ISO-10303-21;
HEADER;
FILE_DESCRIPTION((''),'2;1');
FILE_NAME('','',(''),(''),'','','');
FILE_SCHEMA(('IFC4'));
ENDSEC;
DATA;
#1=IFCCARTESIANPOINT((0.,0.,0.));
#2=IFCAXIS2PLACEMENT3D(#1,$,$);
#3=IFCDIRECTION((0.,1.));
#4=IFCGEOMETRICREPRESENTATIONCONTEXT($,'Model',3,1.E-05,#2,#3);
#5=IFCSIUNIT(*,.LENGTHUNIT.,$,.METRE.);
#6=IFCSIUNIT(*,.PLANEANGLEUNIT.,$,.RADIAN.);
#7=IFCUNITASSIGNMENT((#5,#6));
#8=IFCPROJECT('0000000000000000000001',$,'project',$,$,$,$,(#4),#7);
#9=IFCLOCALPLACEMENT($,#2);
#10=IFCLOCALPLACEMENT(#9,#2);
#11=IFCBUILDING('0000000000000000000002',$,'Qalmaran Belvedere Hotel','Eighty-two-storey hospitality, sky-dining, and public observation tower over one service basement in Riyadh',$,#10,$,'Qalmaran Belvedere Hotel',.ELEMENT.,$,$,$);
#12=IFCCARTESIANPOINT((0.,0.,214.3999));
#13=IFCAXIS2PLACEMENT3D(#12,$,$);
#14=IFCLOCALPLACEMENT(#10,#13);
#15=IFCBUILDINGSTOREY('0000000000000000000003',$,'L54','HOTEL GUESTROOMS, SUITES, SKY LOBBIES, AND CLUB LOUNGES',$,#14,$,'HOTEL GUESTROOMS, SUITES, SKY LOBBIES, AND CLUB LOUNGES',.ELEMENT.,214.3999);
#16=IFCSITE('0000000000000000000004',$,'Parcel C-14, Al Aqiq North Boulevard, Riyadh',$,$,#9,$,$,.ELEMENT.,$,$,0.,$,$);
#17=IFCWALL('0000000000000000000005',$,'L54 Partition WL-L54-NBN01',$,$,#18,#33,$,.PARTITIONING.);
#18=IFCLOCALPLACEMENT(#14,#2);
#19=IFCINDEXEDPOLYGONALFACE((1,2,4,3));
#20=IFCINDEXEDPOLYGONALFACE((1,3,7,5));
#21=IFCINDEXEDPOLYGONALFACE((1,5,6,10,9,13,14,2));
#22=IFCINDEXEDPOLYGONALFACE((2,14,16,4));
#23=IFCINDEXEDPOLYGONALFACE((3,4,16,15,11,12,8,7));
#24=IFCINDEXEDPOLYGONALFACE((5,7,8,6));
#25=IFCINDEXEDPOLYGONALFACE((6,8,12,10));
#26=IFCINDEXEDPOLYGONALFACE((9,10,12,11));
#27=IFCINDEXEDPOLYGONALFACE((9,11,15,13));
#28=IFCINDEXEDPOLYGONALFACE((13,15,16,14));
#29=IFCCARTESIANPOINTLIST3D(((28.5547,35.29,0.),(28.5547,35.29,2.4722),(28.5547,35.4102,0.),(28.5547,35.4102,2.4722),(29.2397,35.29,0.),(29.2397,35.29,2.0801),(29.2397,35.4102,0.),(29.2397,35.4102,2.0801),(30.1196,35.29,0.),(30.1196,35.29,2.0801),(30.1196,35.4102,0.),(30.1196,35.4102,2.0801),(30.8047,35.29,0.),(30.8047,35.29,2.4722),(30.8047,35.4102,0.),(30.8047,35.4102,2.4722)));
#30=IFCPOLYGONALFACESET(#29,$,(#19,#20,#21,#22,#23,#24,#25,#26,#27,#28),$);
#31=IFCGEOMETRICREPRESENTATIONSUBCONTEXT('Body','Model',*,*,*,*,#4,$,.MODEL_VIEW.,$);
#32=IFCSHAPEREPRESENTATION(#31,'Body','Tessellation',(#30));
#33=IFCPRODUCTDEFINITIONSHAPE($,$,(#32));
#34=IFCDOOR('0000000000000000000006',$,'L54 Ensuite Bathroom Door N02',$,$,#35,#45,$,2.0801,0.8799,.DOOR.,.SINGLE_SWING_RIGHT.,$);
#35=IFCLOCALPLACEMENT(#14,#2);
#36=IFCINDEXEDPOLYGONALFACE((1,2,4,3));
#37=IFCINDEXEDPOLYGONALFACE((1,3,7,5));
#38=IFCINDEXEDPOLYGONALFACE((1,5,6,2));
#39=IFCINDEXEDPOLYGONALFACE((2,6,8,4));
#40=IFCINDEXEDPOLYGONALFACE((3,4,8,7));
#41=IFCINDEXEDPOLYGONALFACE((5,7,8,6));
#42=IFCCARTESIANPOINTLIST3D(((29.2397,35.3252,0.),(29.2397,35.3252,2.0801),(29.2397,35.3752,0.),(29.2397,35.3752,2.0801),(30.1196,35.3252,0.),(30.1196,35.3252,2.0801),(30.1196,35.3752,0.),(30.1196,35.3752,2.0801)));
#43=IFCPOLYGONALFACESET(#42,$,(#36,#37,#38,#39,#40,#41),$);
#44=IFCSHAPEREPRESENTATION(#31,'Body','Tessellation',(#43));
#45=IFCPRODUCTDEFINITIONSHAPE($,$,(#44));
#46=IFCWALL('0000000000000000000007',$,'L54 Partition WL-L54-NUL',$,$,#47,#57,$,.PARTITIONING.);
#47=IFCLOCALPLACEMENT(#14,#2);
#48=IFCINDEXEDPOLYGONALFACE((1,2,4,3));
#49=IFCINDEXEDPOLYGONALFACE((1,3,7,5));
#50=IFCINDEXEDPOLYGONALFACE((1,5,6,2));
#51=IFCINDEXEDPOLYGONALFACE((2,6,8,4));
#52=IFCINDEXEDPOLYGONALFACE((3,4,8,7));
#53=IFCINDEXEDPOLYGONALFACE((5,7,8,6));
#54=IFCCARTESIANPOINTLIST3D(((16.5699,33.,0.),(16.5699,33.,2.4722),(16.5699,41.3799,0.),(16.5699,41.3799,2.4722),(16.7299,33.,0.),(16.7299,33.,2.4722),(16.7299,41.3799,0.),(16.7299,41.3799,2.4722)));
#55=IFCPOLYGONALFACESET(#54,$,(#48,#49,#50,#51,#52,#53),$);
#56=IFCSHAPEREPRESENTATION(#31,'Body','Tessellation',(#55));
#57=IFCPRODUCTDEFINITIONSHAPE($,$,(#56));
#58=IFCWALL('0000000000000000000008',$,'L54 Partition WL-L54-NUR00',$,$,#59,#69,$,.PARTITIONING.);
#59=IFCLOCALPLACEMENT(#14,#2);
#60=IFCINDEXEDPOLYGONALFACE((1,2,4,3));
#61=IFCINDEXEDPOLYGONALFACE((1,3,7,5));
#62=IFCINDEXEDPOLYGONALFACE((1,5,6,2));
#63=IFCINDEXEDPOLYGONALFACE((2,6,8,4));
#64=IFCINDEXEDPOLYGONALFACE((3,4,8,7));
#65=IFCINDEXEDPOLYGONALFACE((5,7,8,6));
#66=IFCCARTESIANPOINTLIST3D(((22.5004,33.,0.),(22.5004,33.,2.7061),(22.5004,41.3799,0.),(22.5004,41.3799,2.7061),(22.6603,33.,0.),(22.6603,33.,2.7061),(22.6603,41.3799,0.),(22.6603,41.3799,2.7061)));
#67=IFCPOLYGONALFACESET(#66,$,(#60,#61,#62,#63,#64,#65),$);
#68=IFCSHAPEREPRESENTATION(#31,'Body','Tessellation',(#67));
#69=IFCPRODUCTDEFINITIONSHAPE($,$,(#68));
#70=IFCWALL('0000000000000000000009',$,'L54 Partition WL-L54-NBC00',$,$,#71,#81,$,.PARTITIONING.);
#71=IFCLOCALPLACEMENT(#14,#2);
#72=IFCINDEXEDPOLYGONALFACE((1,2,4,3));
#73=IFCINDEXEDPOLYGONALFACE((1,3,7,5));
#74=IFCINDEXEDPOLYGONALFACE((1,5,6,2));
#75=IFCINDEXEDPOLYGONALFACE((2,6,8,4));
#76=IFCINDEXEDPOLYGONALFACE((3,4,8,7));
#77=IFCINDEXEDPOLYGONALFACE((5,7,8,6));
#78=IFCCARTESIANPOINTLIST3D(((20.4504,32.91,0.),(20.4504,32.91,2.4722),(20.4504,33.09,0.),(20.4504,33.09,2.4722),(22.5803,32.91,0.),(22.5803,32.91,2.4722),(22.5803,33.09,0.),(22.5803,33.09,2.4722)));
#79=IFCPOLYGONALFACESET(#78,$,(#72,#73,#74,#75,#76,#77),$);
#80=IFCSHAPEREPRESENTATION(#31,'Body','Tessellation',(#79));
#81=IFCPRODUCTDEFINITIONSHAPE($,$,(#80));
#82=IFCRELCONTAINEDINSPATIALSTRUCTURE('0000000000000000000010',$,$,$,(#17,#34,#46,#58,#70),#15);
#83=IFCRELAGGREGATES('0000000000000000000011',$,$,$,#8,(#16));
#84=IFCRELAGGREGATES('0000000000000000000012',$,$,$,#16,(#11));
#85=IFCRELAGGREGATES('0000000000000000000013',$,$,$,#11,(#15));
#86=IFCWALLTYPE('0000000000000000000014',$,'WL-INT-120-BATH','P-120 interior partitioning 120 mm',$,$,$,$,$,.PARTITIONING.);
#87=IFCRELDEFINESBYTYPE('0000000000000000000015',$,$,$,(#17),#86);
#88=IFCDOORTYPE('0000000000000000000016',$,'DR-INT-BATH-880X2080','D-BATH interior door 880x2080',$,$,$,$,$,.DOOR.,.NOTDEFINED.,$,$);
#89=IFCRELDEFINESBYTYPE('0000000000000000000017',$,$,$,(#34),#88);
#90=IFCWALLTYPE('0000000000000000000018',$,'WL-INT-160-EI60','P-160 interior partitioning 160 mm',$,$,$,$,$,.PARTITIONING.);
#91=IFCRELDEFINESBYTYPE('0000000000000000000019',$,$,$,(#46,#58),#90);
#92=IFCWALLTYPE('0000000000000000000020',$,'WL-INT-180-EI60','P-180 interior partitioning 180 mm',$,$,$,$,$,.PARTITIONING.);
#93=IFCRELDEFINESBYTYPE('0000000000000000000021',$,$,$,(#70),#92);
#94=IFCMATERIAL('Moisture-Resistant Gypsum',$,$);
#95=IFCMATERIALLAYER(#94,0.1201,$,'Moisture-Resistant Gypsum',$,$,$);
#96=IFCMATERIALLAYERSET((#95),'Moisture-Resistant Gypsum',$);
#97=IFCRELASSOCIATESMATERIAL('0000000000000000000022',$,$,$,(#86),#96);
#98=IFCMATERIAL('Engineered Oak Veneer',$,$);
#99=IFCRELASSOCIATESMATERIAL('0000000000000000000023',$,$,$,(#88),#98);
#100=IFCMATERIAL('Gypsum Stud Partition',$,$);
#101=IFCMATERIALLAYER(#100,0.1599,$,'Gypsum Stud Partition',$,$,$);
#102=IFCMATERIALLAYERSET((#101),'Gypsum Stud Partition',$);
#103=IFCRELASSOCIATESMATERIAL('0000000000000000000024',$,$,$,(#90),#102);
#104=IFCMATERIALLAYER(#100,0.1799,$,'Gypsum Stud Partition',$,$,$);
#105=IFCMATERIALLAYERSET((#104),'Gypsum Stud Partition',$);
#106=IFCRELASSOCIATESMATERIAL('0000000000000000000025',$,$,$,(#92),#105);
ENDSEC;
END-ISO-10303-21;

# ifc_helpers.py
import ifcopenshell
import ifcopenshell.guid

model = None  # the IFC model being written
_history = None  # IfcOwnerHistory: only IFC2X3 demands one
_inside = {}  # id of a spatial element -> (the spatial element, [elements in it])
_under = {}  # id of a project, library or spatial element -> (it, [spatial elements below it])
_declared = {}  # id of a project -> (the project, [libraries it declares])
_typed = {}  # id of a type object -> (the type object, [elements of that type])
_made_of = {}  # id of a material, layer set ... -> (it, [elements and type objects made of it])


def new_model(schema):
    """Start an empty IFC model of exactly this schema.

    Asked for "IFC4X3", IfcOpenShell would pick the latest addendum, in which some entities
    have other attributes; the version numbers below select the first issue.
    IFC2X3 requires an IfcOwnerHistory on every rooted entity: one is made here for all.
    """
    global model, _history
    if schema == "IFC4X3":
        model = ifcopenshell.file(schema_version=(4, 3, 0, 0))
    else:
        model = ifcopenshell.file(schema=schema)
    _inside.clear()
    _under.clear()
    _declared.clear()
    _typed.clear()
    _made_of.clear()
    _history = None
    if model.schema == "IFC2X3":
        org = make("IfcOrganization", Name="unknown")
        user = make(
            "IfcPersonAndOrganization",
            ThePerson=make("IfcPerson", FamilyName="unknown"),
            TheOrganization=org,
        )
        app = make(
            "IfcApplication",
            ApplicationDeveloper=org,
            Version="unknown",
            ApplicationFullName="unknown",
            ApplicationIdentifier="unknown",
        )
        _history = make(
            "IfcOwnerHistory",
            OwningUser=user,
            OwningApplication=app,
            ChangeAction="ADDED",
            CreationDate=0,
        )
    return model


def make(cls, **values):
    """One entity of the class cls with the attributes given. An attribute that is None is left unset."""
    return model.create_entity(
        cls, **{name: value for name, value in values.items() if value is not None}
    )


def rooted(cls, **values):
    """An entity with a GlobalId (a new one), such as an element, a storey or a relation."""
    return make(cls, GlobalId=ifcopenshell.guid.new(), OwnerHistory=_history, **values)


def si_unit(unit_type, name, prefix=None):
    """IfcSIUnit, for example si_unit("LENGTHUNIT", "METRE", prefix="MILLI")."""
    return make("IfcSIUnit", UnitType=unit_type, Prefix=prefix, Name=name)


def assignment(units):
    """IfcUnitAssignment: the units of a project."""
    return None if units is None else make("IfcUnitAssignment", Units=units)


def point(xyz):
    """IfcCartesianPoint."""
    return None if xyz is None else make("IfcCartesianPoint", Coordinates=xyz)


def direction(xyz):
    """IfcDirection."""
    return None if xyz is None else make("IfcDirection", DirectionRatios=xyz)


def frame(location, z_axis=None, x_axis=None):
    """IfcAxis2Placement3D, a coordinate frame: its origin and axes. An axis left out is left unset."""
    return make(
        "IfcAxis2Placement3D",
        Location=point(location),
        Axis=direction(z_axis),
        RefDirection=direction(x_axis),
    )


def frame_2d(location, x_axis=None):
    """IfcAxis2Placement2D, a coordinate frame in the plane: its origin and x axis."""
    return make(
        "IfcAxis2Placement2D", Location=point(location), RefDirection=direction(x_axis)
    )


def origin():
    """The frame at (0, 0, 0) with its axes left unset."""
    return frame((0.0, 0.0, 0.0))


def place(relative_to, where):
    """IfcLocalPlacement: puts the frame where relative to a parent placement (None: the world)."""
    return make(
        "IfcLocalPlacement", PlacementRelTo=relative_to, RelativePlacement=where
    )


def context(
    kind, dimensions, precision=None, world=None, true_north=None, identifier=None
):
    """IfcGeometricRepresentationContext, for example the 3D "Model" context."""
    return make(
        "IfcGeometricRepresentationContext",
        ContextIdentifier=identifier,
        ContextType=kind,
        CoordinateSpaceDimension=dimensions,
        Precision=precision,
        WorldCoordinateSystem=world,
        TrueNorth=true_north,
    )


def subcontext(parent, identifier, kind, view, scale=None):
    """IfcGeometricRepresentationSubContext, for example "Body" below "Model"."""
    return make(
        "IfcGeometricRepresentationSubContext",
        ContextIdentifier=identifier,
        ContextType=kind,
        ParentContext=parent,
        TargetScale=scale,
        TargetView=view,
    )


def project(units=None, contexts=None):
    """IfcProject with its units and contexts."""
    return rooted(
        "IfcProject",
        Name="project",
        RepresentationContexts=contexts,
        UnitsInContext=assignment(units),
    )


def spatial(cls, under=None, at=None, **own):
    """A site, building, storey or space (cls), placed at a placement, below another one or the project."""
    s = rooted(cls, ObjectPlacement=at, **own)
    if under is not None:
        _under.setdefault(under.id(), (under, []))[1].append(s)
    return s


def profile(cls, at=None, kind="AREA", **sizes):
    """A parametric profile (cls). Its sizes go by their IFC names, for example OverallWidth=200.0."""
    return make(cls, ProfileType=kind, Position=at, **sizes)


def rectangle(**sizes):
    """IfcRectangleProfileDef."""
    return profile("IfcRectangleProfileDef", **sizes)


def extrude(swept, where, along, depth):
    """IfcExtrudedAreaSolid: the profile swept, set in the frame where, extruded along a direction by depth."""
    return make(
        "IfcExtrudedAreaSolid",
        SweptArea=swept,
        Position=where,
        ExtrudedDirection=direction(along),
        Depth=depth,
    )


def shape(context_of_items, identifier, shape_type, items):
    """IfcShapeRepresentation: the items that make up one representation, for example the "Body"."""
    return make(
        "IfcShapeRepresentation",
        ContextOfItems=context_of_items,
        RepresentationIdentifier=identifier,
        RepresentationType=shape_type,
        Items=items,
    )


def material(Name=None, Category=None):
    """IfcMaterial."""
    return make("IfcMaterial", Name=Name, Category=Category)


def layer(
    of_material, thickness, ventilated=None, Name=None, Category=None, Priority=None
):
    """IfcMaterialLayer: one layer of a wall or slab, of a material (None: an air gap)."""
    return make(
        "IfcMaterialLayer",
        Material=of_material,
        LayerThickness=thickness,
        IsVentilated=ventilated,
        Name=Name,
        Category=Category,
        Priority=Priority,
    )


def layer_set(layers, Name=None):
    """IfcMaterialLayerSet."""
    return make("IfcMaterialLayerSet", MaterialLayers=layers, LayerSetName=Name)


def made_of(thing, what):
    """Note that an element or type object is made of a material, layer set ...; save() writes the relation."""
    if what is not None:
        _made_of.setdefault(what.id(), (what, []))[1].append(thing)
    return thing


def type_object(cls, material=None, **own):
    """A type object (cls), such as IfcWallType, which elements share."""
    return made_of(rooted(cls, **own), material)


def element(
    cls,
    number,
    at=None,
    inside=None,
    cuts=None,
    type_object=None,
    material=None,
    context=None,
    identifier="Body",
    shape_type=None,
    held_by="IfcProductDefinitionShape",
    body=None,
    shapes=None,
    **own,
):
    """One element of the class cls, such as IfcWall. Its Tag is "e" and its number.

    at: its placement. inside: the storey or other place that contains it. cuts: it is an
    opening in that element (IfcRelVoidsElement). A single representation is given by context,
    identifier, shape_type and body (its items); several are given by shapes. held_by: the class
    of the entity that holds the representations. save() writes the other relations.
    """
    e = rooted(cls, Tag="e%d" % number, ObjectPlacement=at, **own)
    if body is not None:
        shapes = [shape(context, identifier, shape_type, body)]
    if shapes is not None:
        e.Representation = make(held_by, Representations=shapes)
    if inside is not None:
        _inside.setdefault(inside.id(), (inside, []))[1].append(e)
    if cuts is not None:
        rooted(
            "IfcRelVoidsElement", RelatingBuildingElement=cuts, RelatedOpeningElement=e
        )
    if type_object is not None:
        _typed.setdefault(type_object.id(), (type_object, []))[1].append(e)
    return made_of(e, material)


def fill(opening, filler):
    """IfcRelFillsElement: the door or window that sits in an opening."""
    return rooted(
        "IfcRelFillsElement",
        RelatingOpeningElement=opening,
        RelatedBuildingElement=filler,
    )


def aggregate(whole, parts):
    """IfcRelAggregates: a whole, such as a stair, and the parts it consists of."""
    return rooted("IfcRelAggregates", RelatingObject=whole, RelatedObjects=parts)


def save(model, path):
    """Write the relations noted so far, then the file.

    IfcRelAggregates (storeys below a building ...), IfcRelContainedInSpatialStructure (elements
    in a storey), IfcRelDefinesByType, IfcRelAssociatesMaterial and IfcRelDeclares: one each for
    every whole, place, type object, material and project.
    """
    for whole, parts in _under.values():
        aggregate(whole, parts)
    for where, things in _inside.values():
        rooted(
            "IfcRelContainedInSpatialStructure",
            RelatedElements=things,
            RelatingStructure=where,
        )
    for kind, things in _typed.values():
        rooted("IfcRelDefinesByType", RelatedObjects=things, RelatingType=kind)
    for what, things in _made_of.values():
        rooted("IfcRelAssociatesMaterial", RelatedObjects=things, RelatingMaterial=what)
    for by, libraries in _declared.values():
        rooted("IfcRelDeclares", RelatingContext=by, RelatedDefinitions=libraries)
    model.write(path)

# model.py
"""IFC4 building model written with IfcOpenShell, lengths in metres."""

from ifc_helpers import new_model, si_unit, direction, frame, frame_2d, origin, place, context, subcontext, project, spatial, rectangle, extrude, material, layer, layer_set, type_object, element, fill, save


model = new_model("IFC4")

# Units and contexts
model_context = context("Model", 3, precision=1e-05, world=origin(), true_north=direction((0.0, 1.0)))
body_context = subcontext(model_context, "Body", "Model", "MODEL_VIEW")
ifc_project = project(units=[si_unit("LENGTHUNIT", "METRE"), si_unit("PLANEANGLEUNIT", "RADIAN")], contexts=[model_context])

# Site, building, storey
site_placement = place(None, origin())
site = spatial("IfcSite", under=ifc_project, at=site_placement, Name="Parcel C-14, Al Aqiq North Boulevard, Riyadh", CompositionType="ELEMENT", RefElevation=0.0)
building_placement = place(site_placement, origin())
building = spatial("IfcBuilding", under=site, at=building_placement, Name="Qalmaran Belvedere Hotel", Description="Eighty-two-storey hospitality, sky-dining, and public observation tower over one service basement in Riyadh", LongName="Qalmaran Belvedere Hotel", CompositionType="ELEMENT")
storey_placement = place(building_placement, frame((0.0, 0.0, 214.3999)))
storey = spatial("IfcBuildingStorey", under=building, at=storey_placement, Name="L54", Description="HOTEL GUESTROOMS, SUITES, SKY LOBBIES, AND CLUB LOUNGES", LongName="HOTEL GUESTROOMS, SUITES, SKY LOBBIES, AND CLUB LOUNGES", CompositionType="ELEMENT", Elevation=214.3999)

# Shared definitions
ifc_material_1 = material(Name="Moisture-Resistant Gypsum")
ifc_layer_1 = layer(ifc_material_1, 0.1201, Name="Moisture-Resistant Gypsum")
ifc_layer_set_1 = layer_set([ifc_layer_1], Name="Moisture-Resistant Gypsum")
wall_type_1 = type_object("IfcWallType", Name="WL-INT-120-BATH", Description="P-120 interior partitioning 120 mm", PredefinedType="PARTITIONING", material=ifc_layer_set_1)
ifc_material_2 = material(Name="Engineered Oak Veneer")
door_type_1 = type_object("IfcDoorType", Name="DR-INT-BATH-880X2080", Description="D-BATH interior door 880x2080", OperationType="NOTDEFINED", PredefinedType="DOOR", material=ifc_material_2)

# Wall, opening, door
wall_1_placement = place(storey_placement, frame((28.5547, 35.3501, 0.0), z_axis=(0.0, 0.0, 1.0), x_axis=(1.0, 0.0, 0.0)))
wall_1 = element("IfcWall", 1, at=wall_1_placement, inside=storey, type_object=wall_type_1, Name="L54 Partition WL-L54-NBN01", PredefinedType="PARTITIONING", context=body_context, shape_type="SweptSolid", body=[
    extrude(rectangle(XDim=2.25, YDim=0.1201, at=frame_2d((1.125, 0.0))), origin(), (0.0, 0.0, 1.0), 2.4722),
])
opening_1_placement = place(wall_1_placement, frame((1.5649, 0.0, 0.0), z_axis=(0.0, 0.0, 1.0), x_axis=(-1.0, 0.0, 0.0)))
opening_1 = element("IfcOpeningElement", 2, at=opening_1_placement, cuts=wall_1, PredefinedType="OPENING", context=body_context, shape_type="SweptSolid", body=[
    extrude(rectangle(XDim=0.8799, YDim=2.0801, at=frame_2d((0.4399, 1.04))), frame((0.0, 0.0701, 0.0), z_axis=(0.0, -1.0, 0.0), x_axis=(1.0, 0.0, 0.0)), (0.0, 0.0, 1.0), 0.1401),
])
door_1_placement = place(opening_1_placement, origin())
door_1 = element("IfcDoor", 3, at=door_1_placement, inside=storey, type_object=door_type_1, Name="L54 Ensuite Bathroom Door N02", OperationType="SINGLE_SWING_RIGHT", OverallHeight=2.0801, OverallWidth=0.8799, PredefinedType="DOOR", context=body_context, shape_type="SweptSolid", body=[
    extrude(rectangle(XDim=0.8799, YDim=2.0801, at=frame_2d((0.4399, 1.04))), frame((0.0, 0.0249, 0.0), z_axis=(0.0, -1.0, 0.0), x_axis=(1.0, 0.0, 0.0)), (0.0, 0.0, 1.0), 0.05),
])
fill(opening_1, door_1)

# Walls
ifc_material_3 = material(Name="Gypsum Stud Partition")
ifc_layer_2 = layer(ifc_material_3, 0.1599, Name="Gypsum Stud Partition")
ifc_layer_set_2 = layer_set([ifc_layer_2], Name="Gypsum Stud Partition")
wall_type_2 = type_object("IfcWallType", Name="WL-INT-160-EI60", Description="P-160 interior partitioning 160 mm", PredefinedType="PARTITIONING", material=ifc_layer_set_2)
wall_2_placement = place(storey_placement, frame((16.6499, 33.0, 0.0), z_axis=(0.0, 0.0, 1.0), x_axis=(0.0, 1.0, 0.0)))
element("IfcWall", 4, at=wall_2_placement, inside=storey, type_object=wall_type_2, Name="L54 Partition WL-L54-NUL", PredefinedType="PARTITIONING", context=body_context, shape_type="SweptSolid", body=[
    extrude(rectangle(XDim=8.3799, YDim=0.1599, at=frame_2d((4.1899, 0.0))), origin(), (0.0, 0.0, 1.0), 2.4722),
])
wall_3_placement = place(storey_placement, frame((22.5803, 33.0, 0.0), z_axis=(0.0, 0.0, 1.0), x_axis=(0.0, 1.0, 0.0)))
element("IfcWall", 5, at=wall_3_placement, inside=storey, type_object=wall_type_2, Name="L54 Partition WL-L54-NUR00", PredefinedType="PARTITIONING", context=body_context, shape_type="SweptSolid", body=[
    extrude(rectangle(XDim=8.3799, YDim=0.1599, at=frame_2d((4.1899, 0.0))), origin(), (0.0, 0.0, 1.0), 2.7061),
])
ifc_layer_3 = layer(ifc_material_3, 0.1799, Name="Gypsum Stud Partition")
ifc_layer_set_3 = layer_set([ifc_layer_3], Name="Gypsum Stud Partition")
wall_type_3 = type_object("IfcWallType", Name="WL-INT-180-EI60", Description="P-180 interior partitioning 180 mm", PredefinedType="PARTITIONING", material=ifc_layer_set_3)
wall_4_placement = place(storey_placement, frame((20.4504, 33.0, 0.0), z_axis=(0.0, 0.0, 1.0), x_axis=(1.0, 0.0, 0.0)))
element("IfcWall", 6, at=wall_4_placement, inside=storey, type_object=wall_type_3, Name="L54 Partition WL-L54-NBC00", PredefinedType="PARTITIONING", context=body_context, shape_type="SweptSolid", body=[
    extrude(rectangle(XDim=2.1299, YDim=0.1799, at=frame_2d((1.0649, 0.0))), origin(), (0.0, 0.0, 1.0), 2.4722),
])

save(model, "model.ifc")
